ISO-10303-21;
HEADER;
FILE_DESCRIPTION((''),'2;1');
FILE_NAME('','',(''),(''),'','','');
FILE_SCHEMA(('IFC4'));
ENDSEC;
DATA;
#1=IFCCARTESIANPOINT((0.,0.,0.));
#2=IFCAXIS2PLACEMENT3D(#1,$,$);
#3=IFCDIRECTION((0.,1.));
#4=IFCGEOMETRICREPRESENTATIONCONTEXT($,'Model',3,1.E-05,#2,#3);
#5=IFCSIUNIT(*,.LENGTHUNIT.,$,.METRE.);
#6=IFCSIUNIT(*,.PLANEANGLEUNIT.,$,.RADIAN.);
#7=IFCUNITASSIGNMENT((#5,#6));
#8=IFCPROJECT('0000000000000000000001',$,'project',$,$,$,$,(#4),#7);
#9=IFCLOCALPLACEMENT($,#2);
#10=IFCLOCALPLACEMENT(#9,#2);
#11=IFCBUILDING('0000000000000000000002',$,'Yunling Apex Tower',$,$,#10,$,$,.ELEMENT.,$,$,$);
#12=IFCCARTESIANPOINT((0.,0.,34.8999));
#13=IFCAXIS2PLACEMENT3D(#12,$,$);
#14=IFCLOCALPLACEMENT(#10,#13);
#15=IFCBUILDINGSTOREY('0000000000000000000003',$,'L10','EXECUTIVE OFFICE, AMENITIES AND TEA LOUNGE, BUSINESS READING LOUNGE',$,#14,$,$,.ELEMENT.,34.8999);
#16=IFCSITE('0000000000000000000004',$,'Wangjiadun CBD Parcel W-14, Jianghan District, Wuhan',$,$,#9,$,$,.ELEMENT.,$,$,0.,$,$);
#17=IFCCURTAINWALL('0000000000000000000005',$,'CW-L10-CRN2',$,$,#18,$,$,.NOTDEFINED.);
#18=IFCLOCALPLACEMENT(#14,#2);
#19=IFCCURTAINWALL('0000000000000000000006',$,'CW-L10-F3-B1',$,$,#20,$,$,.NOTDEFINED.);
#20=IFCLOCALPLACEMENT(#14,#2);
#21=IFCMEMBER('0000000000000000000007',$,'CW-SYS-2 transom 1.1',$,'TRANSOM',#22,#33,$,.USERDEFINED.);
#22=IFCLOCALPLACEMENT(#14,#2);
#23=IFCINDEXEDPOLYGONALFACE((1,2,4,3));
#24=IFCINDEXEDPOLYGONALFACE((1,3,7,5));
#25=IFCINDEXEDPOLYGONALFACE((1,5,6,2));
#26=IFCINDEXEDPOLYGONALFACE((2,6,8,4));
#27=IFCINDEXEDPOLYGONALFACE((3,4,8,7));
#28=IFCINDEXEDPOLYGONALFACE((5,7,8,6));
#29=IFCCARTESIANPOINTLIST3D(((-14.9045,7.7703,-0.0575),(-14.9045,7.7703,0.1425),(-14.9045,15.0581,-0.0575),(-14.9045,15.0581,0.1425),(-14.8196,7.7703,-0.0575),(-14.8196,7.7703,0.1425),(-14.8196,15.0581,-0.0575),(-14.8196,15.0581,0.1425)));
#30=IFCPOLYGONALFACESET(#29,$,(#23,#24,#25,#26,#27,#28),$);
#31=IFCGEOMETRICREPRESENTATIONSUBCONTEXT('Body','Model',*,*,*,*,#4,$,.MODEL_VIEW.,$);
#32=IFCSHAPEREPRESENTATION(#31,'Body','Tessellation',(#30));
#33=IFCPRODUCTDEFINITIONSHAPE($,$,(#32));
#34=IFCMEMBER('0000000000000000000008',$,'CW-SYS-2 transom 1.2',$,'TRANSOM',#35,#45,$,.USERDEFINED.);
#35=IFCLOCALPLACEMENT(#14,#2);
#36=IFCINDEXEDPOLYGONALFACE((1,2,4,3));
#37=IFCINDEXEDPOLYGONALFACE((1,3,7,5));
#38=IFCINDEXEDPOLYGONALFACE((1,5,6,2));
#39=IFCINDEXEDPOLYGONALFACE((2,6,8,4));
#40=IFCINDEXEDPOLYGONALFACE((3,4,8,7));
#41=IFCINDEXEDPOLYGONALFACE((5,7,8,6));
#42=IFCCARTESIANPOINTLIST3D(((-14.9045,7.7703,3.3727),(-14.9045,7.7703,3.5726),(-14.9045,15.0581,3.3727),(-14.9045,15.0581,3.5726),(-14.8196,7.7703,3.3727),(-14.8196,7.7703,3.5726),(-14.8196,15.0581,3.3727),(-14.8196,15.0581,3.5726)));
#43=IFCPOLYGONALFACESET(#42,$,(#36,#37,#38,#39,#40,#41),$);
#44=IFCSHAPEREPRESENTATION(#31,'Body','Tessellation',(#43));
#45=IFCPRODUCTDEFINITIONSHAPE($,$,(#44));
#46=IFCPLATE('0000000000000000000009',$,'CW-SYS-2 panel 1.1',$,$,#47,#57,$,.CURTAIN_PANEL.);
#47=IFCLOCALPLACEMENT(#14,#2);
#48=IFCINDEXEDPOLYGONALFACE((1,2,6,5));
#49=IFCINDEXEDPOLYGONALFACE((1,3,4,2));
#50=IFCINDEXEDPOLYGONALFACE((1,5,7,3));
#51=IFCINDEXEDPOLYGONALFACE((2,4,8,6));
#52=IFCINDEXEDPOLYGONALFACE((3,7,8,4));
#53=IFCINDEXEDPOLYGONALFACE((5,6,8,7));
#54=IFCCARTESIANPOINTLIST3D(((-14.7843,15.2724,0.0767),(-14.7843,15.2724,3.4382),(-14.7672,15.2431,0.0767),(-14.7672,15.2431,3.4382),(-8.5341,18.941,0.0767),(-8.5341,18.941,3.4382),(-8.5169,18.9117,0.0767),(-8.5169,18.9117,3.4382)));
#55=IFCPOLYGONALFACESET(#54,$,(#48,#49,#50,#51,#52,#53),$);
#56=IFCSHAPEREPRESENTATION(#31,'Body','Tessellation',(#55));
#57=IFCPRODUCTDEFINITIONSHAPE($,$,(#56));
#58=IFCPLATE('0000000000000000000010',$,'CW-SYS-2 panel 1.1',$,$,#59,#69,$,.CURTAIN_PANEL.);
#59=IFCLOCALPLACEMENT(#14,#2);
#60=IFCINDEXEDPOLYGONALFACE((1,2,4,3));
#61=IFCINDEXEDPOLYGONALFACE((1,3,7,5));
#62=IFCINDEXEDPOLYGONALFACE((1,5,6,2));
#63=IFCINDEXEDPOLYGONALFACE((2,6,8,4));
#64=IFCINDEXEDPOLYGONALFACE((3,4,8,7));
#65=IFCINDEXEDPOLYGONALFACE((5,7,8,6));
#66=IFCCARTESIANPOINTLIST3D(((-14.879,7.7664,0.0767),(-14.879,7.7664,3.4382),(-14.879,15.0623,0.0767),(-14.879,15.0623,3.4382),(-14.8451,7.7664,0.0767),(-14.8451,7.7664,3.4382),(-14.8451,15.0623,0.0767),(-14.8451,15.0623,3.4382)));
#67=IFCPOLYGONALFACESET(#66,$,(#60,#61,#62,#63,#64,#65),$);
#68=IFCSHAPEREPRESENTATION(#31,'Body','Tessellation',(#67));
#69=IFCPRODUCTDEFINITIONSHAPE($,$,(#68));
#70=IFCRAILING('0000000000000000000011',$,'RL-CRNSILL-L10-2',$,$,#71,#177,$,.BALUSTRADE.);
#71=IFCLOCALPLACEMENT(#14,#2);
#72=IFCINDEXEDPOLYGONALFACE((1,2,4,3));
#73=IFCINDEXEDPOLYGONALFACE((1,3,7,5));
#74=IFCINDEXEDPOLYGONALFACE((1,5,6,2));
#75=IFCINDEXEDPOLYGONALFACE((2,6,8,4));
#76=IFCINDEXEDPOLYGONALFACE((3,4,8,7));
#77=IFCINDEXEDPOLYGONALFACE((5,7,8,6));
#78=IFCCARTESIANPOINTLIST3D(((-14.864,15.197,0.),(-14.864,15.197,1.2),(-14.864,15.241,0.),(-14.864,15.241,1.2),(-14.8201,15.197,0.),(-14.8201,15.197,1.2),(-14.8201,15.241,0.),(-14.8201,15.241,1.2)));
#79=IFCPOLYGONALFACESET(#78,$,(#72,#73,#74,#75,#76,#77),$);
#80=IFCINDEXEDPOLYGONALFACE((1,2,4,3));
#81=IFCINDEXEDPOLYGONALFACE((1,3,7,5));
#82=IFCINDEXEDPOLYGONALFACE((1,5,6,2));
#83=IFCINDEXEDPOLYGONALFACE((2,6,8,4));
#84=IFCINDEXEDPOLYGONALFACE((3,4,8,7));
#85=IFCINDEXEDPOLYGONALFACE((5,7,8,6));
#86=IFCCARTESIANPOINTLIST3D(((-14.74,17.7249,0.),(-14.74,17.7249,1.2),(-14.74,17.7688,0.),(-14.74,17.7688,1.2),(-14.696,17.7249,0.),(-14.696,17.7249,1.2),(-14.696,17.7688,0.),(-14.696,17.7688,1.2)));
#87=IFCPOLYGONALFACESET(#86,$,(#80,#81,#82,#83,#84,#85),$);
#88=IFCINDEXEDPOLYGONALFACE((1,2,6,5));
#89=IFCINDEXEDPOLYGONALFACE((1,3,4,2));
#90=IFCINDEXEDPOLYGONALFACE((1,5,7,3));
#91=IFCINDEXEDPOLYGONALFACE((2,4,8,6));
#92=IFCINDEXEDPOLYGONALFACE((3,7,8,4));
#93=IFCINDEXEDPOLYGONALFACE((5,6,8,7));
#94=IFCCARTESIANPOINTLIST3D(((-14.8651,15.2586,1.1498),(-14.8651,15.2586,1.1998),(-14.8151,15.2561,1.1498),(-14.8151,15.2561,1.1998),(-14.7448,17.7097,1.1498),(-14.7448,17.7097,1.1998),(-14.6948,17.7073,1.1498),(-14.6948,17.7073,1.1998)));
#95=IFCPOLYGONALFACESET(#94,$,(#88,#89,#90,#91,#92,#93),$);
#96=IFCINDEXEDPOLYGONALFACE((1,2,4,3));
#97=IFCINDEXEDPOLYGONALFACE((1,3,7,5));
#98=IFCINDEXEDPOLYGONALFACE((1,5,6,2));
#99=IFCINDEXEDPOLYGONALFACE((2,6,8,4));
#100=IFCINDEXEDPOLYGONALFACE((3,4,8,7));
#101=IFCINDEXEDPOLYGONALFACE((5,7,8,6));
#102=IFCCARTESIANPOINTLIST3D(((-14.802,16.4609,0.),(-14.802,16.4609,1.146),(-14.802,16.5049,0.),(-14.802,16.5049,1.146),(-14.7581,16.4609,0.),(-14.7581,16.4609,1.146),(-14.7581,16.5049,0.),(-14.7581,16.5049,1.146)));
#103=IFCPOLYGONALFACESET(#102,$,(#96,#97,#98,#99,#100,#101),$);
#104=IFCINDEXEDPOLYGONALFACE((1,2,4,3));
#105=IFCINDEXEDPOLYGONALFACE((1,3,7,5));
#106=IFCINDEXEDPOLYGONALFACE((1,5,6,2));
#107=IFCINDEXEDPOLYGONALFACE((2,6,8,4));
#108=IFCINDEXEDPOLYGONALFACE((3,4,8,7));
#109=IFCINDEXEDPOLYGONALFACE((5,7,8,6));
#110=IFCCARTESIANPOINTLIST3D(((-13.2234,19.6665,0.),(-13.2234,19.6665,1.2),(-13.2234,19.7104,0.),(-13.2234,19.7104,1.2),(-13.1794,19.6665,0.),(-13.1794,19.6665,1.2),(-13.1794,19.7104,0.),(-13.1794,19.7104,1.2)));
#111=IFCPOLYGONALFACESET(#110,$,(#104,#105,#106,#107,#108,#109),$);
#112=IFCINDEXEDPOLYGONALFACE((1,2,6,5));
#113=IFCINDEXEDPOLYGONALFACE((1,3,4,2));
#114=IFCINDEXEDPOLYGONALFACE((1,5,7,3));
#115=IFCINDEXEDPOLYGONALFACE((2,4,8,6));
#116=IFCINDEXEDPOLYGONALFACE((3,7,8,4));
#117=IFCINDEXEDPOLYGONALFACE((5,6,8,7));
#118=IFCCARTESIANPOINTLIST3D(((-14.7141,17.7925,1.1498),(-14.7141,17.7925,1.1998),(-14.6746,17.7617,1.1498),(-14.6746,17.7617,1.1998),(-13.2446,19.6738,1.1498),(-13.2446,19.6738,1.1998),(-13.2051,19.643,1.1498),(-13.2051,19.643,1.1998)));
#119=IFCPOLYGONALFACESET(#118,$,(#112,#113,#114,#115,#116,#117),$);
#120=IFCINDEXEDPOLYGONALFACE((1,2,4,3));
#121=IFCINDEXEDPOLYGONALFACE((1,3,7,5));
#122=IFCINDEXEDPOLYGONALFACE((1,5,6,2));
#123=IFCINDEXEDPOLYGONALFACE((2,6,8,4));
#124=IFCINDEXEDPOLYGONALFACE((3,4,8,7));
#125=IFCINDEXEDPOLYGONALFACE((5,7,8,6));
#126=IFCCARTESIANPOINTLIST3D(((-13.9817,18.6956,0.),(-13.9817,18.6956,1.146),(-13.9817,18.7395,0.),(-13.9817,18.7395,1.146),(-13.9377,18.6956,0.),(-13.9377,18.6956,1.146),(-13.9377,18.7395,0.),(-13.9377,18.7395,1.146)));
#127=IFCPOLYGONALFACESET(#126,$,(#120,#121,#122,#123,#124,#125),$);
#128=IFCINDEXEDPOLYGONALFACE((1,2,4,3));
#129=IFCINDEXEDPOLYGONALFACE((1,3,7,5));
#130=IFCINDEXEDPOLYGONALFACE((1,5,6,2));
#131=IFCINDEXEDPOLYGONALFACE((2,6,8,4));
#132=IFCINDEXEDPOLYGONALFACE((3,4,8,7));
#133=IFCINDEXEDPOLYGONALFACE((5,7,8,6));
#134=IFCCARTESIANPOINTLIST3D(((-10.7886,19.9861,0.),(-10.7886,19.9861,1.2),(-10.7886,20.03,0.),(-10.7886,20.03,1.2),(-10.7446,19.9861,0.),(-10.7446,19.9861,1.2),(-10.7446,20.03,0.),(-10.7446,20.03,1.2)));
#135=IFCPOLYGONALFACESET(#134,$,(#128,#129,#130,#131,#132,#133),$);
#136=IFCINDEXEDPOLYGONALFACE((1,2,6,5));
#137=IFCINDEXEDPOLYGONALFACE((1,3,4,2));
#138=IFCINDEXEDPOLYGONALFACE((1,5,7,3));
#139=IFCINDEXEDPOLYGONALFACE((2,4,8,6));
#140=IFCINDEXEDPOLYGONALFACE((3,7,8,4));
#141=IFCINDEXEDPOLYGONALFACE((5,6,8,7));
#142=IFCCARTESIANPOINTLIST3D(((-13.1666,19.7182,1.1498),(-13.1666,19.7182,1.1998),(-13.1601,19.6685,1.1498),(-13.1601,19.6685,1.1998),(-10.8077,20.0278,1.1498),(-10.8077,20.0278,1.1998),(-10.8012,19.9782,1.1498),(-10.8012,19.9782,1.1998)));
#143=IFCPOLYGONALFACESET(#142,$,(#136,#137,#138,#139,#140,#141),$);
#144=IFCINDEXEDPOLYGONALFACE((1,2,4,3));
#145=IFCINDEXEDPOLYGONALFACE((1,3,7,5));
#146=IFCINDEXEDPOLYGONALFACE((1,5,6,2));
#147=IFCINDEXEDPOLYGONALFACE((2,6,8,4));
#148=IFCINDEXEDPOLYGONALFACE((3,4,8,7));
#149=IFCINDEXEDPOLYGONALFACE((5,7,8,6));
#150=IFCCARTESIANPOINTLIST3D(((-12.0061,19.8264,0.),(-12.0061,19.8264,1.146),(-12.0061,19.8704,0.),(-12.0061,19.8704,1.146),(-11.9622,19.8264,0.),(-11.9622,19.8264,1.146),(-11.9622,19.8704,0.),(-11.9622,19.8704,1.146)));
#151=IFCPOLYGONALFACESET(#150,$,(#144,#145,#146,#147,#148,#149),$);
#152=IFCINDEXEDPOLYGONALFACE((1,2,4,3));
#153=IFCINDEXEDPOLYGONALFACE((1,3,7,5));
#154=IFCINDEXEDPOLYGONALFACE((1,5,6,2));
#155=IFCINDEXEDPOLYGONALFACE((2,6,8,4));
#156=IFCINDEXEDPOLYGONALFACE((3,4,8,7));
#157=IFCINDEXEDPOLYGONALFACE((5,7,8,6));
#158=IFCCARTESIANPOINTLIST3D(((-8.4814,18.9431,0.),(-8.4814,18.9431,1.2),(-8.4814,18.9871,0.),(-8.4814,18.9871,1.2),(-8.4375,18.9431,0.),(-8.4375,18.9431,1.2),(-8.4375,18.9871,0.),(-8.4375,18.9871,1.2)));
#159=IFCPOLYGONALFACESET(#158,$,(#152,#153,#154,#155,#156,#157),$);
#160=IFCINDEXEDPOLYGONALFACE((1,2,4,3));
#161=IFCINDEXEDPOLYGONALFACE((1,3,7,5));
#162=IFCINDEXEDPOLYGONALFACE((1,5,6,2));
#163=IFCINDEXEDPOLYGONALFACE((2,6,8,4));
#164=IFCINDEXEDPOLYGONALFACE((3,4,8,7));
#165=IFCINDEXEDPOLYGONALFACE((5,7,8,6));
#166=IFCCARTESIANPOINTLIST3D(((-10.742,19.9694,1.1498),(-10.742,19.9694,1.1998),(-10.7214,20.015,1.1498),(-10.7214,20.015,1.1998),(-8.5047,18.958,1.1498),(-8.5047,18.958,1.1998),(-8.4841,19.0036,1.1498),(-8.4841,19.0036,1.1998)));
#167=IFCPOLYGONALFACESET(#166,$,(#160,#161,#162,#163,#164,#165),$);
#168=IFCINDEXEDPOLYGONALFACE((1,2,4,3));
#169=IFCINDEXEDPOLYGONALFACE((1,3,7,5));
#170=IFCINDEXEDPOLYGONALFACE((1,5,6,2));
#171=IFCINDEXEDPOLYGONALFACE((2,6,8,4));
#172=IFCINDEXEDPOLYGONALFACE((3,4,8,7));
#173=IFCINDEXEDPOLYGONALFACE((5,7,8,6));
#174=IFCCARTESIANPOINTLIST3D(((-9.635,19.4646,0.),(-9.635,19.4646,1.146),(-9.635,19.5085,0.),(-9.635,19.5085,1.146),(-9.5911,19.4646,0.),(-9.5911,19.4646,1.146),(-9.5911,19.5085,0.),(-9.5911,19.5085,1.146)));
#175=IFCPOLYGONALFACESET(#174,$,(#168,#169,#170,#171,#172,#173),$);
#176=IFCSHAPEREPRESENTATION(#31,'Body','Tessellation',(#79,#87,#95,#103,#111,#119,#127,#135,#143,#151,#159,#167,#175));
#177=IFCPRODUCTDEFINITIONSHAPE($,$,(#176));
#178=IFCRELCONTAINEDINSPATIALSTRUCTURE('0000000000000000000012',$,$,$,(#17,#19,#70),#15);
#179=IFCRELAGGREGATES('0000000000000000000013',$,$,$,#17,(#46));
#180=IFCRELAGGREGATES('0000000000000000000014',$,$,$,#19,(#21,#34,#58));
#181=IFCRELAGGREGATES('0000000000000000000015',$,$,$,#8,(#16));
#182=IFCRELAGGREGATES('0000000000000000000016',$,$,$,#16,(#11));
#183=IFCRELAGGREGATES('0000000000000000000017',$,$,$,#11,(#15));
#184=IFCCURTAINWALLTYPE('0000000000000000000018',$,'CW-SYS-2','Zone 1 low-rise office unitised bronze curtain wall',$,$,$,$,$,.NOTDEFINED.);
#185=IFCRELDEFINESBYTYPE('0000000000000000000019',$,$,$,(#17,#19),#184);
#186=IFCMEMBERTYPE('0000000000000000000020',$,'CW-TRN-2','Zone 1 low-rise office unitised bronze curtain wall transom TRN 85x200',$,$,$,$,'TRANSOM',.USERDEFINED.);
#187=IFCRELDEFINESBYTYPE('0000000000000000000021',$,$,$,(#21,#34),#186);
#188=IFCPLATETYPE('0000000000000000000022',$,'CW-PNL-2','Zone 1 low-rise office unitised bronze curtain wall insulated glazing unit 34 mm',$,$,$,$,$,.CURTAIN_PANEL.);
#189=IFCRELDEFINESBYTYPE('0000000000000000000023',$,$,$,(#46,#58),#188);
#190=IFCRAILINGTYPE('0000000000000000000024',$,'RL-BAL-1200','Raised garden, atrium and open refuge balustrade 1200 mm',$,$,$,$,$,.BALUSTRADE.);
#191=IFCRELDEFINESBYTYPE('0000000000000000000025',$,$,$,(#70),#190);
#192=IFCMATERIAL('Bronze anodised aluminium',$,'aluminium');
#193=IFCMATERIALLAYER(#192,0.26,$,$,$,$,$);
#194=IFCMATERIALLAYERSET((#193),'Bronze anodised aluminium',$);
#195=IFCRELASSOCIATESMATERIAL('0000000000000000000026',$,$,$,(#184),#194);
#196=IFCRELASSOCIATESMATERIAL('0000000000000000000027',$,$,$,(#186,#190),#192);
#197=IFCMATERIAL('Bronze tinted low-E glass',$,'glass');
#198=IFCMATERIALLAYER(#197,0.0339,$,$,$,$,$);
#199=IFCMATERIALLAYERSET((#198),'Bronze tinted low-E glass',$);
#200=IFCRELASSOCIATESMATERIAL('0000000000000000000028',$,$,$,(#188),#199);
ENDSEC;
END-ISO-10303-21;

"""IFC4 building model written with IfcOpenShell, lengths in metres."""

from ifc_helpers import new_model, si_unit, direction, frame, origin, origin_2d, place, context, subcontext, project, spatial, rectangle, extrude, source, transform, mapped, material, layer, layer_set, material_profile, profile_set, type_object, element, aggregate, save


model = new_model("IFC4")

# Units and contexts
model_context = context("Model", 3, precision=1e-05, world=origin(), true_north=direction((0.0, 1.0)))
body_context = subcontext(model_context, "Body", "Model", "MODEL_VIEW")
ifc_project = project(units=[si_unit("LENGTHUNIT", "METRE"), si_unit("PLANEANGLEUNIT", "RADIAN")], contexts=[model_context])

# Site, building, storey
site_placement = place(None, origin())
site = spatial("IfcSite", under=ifc_project, at=site_placement, Name="Wangjiadun CBD Parcel W-14, Jianghan District, Wuhan", CompositionType="ELEMENT", RefElevation=0.0)
building_placement = place(site_placement, origin())
building = spatial("IfcBuilding", under=site, at=building_placement, Name="Yunling Apex Tower", CompositionType="ELEMENT")
storey_placement = place(building_placement, frame((0.0, 0.0, 34.8999)))
storey = spatial("IfcBuildingStorey", under=building, at=storey_placement, Name="L10", Description="EXECUTIVE OFFICE, AMENITIES AND TEA LOUNGE, BUSINESS READING LOUNGE", CompositionType="ELEMENT", Elevation=34.8999)

# Curtain wall
ifc_material_1 = material(Name="Bronze anodised aluminium", Category="aluminium")
ifc_layer_1 = layer(ifc_material_1, 0.26)
ifc_layer_set_1 = layer_set([ifc_layer_1], Name="Bronze anodised aluminium")
curtain_wall_type = type_object("IfcCurtainWallType", Name="CW-SYS-2", Description="Zone 1 low-rise office unitised bronze curtain wall", PredefinedType="NOTDEFINED", material=ifc_layer_set_1)
curtain_wall_1_placement = place(storey_placement, origin())
curtain_wall_1 = element("IfcCurtainWall", 1, at=curtain_wall_1_placement, inside=storey, type_object=curtain_wall_type, Name="CW-L10-CRN2", PredefinedType="NOTDEFINED")

# Curtain wall, members
curtain_wall_2_placement = place(storey_placement, origin())
curtain_wall_2 = element("IfcCurtainWall", 2, at=curtain_wall_2_placement, inside=storey, type_object=curtain_wall_type, Name="CW-L10-F3-B1", PredefinedType="NOTDEFINED")
ifc_material_profile_1 = material_profile(ifc_material_1, rectangle(XDim=0.085, YDim=0.2, at=origin_2d()))
ifc_profile_set_1 = profile_set([ifc_material_profile_1], Name="Bronze anodised aluminium")
member_type_1 = type_object("IfcMemberType", Name="CW-TRN-2", Description="Zone 1 low-rise office unitised bronze curtain wall transom TRN 85x200", ElementType="TRANSOM", PredefinedType="USERDEFINED", material=ifc_profile_set_1)
shared_shape_1 = source(origin(), body_context, "Body", "SweptSolid", [
    extrude(rectangle(XDim=0.085, YDim=0.2, at=origin_2d()), origin(), (0.0, 0.0, 1.0), 7.2878),
])
member_1_placement = place(storey_placement, frame((-14.8621, 15.0581, 0.0425), z_axis=(0.0, -1.0, 0.0), x_axis=(1.0, 0.0, 0.0)))
member_1 = element("IfcMember", 3, at=member_1_placement, type_object=member_type_1, Name="CW-SYS-2 transom 1.1", ObjectType="TRANSOM", PredefinedType="USERDEFINED", context=body_context, shape_type="MappedRepresentation", body=[
    mapped(shared_shape_1, transform((0.0, 0.0, 0.0), scale=1.0)),
])
member_2_placement = place(storey_placement, frame((-14.8621, 15.0581, 3.4727), z_axis=(0.0, -1.0, 0.0), x_axis=(1.0, 0.0, 0.0)))
member_2 = element("IfcMember", 4, at=member_2_placement, type_object=member_type_1, Name="CW-SYS-2 transom 1.2", ObjectType="TRANSOM", PredefinedType="USERDEFINED", context=body_context, shape_type="MappedRepresentation", body=[
    mapped(shared_shape_1, transform((0.0, 0.0, 0.0), scale=1.0)),
])

# Plates
ifc_material_2 = material(Name="Bronze tinted low-E glass", Category="glass")
ifc_layer_2 = layer(ifc_material_2, 0.0339)
ifc_layer_set_2 = layer_set([ifc_layer_2], Name="Bronze tinted low-E glass")
plate_type = type_object("IfcPlateType", Name="CW-PNL-2", Description="Zone 1 low-rise office unitised bronze curtain wall insulated glazing unit 34 mm", PredefinedType="CURTAIN_PANEL", material=ifc_layer_set_2)
shared_shape_2 = source(origin(), body_context, "Body", "SweptSolid", [
    extrude(rectangle(XDim=7.2473, YDim=0.0339, at=origin_2d()), origin(), (0.0, 0.0, 1.0), 3.3616),
])
plate_1_placement = place(storey_placement, frame((-11.6506, 17.092, 0.0767), z_axis=(0.0, 0.0, 1.0), x_axis=(-0.862419, -0.506196, 0.0)))
plate_1 = element("IfcPlate", 5, at=plate_1_placement, type_object=plate_type, Name="CW-SYS-2 panel 1.1", PredefinedType="CURTAIN_PANEL", context=body_context, shape_type="MappedRepresentation", body=[
    mapped(shared_shape_2, transform((0.0, 0.0, 0.0), scale=1.0)),
])
aggregate(curtain_wall_1, [plate_1])
shared_shape_3 = source(origin(), body_context, "Body", "SweptSolid", [
    extrude(rectangle(XDim=7.2959, YDim=0.0339, at=origin_2d()), origin(), (0.0, 0.0, 1.0), 3.3616),
])
plate_2_placement = place(storey_placement, frame((-14.8621, 11.4143, 0.0767), z_axis=(0.0, 0.0, 1.0), x_axis=(0.0, -1.0, 0.0)))
plate_2 = element("IfcPlate", 6, at=plate_2_placement, type_object=plate_type, Name="CW-SYS-2 panel 1.1", PredefinedType="CURTAIN_PANEL", context=body_context, shape_type="MappedRepresentation", body=[
    mapped(shared_shape_3, transform((0.0, 0.0, 0.0), scale=1.0)),
])
aggregate(curtain_wall_2, [member_1, member_2, plate_2])

# Railing
railing_type = type_object("IfcRailingType", Name="RL-BAL-1200", Description="Raised garden, atrium and open refuge balustrade 1200 mm", PredefinedType="BALUSTRADE", material=ifc_material_1)
railing_placement = place(storey_placement, frame((-14.842, 15.219, 0.0)))
element("IfcRailing", 7, at=railing_placement, inside=storey, type_object=railing_type, Name="RL-CRNSILL-L10-2", PredefinedType="BALUSTRADE", context=body_context, shape_type="SweptSolid", body=[
    extrude(rectangle(XDim=0.0439, YDim=0.0439, at=origin_2d()), origin(), (0.0, 0.0, 1.0), 1.2),
    extrude(rectangle(XDim=0.0439, YDim=0.0439, at=origin_2d()), frame((0.124, 2.5278, 0.0)), (0.0, 0.0, 1.0), 1.2),
    extrude(rectangle(XDim=0.05, YDim=0.05, at=origin_2d()), frame((0.002, 0.0383, 1.1748), z_axis=(0.049004, 0.998799, 0.0), x_axis=(-0.998799, 0.049004, 0.0)), (0.0, 0.0, 1.0), 2.4541),
    extrude(rectangle(XDim=0.0439, YDim=0.0439, at=origin_2d()), frame((0.062, 1.2639, 0.0)), (0.0, 0.0, 1.0), 1.146),
    extrude(rectangle(XDim=0.0439, YDim=0.0439, at=origin_2d()), frame((1.6406, 4.4695, 0.0)), (0.0, 0.0, 1.0), 1.2),
    extrude(rectangle(XDim=0.05, YDim=0.05, at=origin_2d()), frame((0.1477, 2.5581, 1.1748), z_axis=(0.615565, 0.788086, 0.0), x_axis=(-0.788086, 0.615565, 0.0)), (0.0, 0.0, 1.0), 2.3872),
    extrude(rectangle(XDim=0.0439, YDim=0.0439, at=origin_2d()), frame((0.8823, 3.4985, 0.0)), (0.0, 0.0, 1.0), 1.146),
    extrude(rectangle(XDim=0.0439, YDim=0.0439, at=origin_2d()), frame((4.0754, 4.7891, 0.0)), (0.0, 0.0, 1.0), 1.2),
    extrude(rectangle(XDim=0.05, YDim=0.05, at=origin_2d()), frame((1.6787, 4.4744, 1.1748), z_axis=(0.991496, 0.130138, 0.0), x_axis=(-0.130138, 0.991496, 0.0)), (0.0, 0.0, 1.0), 2.3792),
    extrude(rectangle(XDim=0.0439, YDim=0.0439, at=origin_2d()), frame((2.8579, 4.6294, 0.0)), (0.0, 0.0, 1.0), 1.146),
    extrude(rectangle(XDim=0.0439, YDim=0.0439, at=origin_2d()), frame((6.3826, 3.7461, 0.0)), (0.0, 0.0, 1.0), 1.2),
    extrude(rectangle(XDim=0.05, YDim=0.05, at=origin_2d()), frame((4.1104, 4.7732, 1.1748), z_axis=(0.911217, -0.411928, 0.0), x_axis=(0.411928, 0.911217, 0.0)), (0.0, 0.0, 1.0), 2.4553),
    extrude(rectangle(XDim=0.0439, YDim=0.0439, at=origin_2d()), frame((5.229, 4.2676, 0.0)), (0.0, 0.0, 1.0), 1.146),
])

save(model, "model.ifc")
